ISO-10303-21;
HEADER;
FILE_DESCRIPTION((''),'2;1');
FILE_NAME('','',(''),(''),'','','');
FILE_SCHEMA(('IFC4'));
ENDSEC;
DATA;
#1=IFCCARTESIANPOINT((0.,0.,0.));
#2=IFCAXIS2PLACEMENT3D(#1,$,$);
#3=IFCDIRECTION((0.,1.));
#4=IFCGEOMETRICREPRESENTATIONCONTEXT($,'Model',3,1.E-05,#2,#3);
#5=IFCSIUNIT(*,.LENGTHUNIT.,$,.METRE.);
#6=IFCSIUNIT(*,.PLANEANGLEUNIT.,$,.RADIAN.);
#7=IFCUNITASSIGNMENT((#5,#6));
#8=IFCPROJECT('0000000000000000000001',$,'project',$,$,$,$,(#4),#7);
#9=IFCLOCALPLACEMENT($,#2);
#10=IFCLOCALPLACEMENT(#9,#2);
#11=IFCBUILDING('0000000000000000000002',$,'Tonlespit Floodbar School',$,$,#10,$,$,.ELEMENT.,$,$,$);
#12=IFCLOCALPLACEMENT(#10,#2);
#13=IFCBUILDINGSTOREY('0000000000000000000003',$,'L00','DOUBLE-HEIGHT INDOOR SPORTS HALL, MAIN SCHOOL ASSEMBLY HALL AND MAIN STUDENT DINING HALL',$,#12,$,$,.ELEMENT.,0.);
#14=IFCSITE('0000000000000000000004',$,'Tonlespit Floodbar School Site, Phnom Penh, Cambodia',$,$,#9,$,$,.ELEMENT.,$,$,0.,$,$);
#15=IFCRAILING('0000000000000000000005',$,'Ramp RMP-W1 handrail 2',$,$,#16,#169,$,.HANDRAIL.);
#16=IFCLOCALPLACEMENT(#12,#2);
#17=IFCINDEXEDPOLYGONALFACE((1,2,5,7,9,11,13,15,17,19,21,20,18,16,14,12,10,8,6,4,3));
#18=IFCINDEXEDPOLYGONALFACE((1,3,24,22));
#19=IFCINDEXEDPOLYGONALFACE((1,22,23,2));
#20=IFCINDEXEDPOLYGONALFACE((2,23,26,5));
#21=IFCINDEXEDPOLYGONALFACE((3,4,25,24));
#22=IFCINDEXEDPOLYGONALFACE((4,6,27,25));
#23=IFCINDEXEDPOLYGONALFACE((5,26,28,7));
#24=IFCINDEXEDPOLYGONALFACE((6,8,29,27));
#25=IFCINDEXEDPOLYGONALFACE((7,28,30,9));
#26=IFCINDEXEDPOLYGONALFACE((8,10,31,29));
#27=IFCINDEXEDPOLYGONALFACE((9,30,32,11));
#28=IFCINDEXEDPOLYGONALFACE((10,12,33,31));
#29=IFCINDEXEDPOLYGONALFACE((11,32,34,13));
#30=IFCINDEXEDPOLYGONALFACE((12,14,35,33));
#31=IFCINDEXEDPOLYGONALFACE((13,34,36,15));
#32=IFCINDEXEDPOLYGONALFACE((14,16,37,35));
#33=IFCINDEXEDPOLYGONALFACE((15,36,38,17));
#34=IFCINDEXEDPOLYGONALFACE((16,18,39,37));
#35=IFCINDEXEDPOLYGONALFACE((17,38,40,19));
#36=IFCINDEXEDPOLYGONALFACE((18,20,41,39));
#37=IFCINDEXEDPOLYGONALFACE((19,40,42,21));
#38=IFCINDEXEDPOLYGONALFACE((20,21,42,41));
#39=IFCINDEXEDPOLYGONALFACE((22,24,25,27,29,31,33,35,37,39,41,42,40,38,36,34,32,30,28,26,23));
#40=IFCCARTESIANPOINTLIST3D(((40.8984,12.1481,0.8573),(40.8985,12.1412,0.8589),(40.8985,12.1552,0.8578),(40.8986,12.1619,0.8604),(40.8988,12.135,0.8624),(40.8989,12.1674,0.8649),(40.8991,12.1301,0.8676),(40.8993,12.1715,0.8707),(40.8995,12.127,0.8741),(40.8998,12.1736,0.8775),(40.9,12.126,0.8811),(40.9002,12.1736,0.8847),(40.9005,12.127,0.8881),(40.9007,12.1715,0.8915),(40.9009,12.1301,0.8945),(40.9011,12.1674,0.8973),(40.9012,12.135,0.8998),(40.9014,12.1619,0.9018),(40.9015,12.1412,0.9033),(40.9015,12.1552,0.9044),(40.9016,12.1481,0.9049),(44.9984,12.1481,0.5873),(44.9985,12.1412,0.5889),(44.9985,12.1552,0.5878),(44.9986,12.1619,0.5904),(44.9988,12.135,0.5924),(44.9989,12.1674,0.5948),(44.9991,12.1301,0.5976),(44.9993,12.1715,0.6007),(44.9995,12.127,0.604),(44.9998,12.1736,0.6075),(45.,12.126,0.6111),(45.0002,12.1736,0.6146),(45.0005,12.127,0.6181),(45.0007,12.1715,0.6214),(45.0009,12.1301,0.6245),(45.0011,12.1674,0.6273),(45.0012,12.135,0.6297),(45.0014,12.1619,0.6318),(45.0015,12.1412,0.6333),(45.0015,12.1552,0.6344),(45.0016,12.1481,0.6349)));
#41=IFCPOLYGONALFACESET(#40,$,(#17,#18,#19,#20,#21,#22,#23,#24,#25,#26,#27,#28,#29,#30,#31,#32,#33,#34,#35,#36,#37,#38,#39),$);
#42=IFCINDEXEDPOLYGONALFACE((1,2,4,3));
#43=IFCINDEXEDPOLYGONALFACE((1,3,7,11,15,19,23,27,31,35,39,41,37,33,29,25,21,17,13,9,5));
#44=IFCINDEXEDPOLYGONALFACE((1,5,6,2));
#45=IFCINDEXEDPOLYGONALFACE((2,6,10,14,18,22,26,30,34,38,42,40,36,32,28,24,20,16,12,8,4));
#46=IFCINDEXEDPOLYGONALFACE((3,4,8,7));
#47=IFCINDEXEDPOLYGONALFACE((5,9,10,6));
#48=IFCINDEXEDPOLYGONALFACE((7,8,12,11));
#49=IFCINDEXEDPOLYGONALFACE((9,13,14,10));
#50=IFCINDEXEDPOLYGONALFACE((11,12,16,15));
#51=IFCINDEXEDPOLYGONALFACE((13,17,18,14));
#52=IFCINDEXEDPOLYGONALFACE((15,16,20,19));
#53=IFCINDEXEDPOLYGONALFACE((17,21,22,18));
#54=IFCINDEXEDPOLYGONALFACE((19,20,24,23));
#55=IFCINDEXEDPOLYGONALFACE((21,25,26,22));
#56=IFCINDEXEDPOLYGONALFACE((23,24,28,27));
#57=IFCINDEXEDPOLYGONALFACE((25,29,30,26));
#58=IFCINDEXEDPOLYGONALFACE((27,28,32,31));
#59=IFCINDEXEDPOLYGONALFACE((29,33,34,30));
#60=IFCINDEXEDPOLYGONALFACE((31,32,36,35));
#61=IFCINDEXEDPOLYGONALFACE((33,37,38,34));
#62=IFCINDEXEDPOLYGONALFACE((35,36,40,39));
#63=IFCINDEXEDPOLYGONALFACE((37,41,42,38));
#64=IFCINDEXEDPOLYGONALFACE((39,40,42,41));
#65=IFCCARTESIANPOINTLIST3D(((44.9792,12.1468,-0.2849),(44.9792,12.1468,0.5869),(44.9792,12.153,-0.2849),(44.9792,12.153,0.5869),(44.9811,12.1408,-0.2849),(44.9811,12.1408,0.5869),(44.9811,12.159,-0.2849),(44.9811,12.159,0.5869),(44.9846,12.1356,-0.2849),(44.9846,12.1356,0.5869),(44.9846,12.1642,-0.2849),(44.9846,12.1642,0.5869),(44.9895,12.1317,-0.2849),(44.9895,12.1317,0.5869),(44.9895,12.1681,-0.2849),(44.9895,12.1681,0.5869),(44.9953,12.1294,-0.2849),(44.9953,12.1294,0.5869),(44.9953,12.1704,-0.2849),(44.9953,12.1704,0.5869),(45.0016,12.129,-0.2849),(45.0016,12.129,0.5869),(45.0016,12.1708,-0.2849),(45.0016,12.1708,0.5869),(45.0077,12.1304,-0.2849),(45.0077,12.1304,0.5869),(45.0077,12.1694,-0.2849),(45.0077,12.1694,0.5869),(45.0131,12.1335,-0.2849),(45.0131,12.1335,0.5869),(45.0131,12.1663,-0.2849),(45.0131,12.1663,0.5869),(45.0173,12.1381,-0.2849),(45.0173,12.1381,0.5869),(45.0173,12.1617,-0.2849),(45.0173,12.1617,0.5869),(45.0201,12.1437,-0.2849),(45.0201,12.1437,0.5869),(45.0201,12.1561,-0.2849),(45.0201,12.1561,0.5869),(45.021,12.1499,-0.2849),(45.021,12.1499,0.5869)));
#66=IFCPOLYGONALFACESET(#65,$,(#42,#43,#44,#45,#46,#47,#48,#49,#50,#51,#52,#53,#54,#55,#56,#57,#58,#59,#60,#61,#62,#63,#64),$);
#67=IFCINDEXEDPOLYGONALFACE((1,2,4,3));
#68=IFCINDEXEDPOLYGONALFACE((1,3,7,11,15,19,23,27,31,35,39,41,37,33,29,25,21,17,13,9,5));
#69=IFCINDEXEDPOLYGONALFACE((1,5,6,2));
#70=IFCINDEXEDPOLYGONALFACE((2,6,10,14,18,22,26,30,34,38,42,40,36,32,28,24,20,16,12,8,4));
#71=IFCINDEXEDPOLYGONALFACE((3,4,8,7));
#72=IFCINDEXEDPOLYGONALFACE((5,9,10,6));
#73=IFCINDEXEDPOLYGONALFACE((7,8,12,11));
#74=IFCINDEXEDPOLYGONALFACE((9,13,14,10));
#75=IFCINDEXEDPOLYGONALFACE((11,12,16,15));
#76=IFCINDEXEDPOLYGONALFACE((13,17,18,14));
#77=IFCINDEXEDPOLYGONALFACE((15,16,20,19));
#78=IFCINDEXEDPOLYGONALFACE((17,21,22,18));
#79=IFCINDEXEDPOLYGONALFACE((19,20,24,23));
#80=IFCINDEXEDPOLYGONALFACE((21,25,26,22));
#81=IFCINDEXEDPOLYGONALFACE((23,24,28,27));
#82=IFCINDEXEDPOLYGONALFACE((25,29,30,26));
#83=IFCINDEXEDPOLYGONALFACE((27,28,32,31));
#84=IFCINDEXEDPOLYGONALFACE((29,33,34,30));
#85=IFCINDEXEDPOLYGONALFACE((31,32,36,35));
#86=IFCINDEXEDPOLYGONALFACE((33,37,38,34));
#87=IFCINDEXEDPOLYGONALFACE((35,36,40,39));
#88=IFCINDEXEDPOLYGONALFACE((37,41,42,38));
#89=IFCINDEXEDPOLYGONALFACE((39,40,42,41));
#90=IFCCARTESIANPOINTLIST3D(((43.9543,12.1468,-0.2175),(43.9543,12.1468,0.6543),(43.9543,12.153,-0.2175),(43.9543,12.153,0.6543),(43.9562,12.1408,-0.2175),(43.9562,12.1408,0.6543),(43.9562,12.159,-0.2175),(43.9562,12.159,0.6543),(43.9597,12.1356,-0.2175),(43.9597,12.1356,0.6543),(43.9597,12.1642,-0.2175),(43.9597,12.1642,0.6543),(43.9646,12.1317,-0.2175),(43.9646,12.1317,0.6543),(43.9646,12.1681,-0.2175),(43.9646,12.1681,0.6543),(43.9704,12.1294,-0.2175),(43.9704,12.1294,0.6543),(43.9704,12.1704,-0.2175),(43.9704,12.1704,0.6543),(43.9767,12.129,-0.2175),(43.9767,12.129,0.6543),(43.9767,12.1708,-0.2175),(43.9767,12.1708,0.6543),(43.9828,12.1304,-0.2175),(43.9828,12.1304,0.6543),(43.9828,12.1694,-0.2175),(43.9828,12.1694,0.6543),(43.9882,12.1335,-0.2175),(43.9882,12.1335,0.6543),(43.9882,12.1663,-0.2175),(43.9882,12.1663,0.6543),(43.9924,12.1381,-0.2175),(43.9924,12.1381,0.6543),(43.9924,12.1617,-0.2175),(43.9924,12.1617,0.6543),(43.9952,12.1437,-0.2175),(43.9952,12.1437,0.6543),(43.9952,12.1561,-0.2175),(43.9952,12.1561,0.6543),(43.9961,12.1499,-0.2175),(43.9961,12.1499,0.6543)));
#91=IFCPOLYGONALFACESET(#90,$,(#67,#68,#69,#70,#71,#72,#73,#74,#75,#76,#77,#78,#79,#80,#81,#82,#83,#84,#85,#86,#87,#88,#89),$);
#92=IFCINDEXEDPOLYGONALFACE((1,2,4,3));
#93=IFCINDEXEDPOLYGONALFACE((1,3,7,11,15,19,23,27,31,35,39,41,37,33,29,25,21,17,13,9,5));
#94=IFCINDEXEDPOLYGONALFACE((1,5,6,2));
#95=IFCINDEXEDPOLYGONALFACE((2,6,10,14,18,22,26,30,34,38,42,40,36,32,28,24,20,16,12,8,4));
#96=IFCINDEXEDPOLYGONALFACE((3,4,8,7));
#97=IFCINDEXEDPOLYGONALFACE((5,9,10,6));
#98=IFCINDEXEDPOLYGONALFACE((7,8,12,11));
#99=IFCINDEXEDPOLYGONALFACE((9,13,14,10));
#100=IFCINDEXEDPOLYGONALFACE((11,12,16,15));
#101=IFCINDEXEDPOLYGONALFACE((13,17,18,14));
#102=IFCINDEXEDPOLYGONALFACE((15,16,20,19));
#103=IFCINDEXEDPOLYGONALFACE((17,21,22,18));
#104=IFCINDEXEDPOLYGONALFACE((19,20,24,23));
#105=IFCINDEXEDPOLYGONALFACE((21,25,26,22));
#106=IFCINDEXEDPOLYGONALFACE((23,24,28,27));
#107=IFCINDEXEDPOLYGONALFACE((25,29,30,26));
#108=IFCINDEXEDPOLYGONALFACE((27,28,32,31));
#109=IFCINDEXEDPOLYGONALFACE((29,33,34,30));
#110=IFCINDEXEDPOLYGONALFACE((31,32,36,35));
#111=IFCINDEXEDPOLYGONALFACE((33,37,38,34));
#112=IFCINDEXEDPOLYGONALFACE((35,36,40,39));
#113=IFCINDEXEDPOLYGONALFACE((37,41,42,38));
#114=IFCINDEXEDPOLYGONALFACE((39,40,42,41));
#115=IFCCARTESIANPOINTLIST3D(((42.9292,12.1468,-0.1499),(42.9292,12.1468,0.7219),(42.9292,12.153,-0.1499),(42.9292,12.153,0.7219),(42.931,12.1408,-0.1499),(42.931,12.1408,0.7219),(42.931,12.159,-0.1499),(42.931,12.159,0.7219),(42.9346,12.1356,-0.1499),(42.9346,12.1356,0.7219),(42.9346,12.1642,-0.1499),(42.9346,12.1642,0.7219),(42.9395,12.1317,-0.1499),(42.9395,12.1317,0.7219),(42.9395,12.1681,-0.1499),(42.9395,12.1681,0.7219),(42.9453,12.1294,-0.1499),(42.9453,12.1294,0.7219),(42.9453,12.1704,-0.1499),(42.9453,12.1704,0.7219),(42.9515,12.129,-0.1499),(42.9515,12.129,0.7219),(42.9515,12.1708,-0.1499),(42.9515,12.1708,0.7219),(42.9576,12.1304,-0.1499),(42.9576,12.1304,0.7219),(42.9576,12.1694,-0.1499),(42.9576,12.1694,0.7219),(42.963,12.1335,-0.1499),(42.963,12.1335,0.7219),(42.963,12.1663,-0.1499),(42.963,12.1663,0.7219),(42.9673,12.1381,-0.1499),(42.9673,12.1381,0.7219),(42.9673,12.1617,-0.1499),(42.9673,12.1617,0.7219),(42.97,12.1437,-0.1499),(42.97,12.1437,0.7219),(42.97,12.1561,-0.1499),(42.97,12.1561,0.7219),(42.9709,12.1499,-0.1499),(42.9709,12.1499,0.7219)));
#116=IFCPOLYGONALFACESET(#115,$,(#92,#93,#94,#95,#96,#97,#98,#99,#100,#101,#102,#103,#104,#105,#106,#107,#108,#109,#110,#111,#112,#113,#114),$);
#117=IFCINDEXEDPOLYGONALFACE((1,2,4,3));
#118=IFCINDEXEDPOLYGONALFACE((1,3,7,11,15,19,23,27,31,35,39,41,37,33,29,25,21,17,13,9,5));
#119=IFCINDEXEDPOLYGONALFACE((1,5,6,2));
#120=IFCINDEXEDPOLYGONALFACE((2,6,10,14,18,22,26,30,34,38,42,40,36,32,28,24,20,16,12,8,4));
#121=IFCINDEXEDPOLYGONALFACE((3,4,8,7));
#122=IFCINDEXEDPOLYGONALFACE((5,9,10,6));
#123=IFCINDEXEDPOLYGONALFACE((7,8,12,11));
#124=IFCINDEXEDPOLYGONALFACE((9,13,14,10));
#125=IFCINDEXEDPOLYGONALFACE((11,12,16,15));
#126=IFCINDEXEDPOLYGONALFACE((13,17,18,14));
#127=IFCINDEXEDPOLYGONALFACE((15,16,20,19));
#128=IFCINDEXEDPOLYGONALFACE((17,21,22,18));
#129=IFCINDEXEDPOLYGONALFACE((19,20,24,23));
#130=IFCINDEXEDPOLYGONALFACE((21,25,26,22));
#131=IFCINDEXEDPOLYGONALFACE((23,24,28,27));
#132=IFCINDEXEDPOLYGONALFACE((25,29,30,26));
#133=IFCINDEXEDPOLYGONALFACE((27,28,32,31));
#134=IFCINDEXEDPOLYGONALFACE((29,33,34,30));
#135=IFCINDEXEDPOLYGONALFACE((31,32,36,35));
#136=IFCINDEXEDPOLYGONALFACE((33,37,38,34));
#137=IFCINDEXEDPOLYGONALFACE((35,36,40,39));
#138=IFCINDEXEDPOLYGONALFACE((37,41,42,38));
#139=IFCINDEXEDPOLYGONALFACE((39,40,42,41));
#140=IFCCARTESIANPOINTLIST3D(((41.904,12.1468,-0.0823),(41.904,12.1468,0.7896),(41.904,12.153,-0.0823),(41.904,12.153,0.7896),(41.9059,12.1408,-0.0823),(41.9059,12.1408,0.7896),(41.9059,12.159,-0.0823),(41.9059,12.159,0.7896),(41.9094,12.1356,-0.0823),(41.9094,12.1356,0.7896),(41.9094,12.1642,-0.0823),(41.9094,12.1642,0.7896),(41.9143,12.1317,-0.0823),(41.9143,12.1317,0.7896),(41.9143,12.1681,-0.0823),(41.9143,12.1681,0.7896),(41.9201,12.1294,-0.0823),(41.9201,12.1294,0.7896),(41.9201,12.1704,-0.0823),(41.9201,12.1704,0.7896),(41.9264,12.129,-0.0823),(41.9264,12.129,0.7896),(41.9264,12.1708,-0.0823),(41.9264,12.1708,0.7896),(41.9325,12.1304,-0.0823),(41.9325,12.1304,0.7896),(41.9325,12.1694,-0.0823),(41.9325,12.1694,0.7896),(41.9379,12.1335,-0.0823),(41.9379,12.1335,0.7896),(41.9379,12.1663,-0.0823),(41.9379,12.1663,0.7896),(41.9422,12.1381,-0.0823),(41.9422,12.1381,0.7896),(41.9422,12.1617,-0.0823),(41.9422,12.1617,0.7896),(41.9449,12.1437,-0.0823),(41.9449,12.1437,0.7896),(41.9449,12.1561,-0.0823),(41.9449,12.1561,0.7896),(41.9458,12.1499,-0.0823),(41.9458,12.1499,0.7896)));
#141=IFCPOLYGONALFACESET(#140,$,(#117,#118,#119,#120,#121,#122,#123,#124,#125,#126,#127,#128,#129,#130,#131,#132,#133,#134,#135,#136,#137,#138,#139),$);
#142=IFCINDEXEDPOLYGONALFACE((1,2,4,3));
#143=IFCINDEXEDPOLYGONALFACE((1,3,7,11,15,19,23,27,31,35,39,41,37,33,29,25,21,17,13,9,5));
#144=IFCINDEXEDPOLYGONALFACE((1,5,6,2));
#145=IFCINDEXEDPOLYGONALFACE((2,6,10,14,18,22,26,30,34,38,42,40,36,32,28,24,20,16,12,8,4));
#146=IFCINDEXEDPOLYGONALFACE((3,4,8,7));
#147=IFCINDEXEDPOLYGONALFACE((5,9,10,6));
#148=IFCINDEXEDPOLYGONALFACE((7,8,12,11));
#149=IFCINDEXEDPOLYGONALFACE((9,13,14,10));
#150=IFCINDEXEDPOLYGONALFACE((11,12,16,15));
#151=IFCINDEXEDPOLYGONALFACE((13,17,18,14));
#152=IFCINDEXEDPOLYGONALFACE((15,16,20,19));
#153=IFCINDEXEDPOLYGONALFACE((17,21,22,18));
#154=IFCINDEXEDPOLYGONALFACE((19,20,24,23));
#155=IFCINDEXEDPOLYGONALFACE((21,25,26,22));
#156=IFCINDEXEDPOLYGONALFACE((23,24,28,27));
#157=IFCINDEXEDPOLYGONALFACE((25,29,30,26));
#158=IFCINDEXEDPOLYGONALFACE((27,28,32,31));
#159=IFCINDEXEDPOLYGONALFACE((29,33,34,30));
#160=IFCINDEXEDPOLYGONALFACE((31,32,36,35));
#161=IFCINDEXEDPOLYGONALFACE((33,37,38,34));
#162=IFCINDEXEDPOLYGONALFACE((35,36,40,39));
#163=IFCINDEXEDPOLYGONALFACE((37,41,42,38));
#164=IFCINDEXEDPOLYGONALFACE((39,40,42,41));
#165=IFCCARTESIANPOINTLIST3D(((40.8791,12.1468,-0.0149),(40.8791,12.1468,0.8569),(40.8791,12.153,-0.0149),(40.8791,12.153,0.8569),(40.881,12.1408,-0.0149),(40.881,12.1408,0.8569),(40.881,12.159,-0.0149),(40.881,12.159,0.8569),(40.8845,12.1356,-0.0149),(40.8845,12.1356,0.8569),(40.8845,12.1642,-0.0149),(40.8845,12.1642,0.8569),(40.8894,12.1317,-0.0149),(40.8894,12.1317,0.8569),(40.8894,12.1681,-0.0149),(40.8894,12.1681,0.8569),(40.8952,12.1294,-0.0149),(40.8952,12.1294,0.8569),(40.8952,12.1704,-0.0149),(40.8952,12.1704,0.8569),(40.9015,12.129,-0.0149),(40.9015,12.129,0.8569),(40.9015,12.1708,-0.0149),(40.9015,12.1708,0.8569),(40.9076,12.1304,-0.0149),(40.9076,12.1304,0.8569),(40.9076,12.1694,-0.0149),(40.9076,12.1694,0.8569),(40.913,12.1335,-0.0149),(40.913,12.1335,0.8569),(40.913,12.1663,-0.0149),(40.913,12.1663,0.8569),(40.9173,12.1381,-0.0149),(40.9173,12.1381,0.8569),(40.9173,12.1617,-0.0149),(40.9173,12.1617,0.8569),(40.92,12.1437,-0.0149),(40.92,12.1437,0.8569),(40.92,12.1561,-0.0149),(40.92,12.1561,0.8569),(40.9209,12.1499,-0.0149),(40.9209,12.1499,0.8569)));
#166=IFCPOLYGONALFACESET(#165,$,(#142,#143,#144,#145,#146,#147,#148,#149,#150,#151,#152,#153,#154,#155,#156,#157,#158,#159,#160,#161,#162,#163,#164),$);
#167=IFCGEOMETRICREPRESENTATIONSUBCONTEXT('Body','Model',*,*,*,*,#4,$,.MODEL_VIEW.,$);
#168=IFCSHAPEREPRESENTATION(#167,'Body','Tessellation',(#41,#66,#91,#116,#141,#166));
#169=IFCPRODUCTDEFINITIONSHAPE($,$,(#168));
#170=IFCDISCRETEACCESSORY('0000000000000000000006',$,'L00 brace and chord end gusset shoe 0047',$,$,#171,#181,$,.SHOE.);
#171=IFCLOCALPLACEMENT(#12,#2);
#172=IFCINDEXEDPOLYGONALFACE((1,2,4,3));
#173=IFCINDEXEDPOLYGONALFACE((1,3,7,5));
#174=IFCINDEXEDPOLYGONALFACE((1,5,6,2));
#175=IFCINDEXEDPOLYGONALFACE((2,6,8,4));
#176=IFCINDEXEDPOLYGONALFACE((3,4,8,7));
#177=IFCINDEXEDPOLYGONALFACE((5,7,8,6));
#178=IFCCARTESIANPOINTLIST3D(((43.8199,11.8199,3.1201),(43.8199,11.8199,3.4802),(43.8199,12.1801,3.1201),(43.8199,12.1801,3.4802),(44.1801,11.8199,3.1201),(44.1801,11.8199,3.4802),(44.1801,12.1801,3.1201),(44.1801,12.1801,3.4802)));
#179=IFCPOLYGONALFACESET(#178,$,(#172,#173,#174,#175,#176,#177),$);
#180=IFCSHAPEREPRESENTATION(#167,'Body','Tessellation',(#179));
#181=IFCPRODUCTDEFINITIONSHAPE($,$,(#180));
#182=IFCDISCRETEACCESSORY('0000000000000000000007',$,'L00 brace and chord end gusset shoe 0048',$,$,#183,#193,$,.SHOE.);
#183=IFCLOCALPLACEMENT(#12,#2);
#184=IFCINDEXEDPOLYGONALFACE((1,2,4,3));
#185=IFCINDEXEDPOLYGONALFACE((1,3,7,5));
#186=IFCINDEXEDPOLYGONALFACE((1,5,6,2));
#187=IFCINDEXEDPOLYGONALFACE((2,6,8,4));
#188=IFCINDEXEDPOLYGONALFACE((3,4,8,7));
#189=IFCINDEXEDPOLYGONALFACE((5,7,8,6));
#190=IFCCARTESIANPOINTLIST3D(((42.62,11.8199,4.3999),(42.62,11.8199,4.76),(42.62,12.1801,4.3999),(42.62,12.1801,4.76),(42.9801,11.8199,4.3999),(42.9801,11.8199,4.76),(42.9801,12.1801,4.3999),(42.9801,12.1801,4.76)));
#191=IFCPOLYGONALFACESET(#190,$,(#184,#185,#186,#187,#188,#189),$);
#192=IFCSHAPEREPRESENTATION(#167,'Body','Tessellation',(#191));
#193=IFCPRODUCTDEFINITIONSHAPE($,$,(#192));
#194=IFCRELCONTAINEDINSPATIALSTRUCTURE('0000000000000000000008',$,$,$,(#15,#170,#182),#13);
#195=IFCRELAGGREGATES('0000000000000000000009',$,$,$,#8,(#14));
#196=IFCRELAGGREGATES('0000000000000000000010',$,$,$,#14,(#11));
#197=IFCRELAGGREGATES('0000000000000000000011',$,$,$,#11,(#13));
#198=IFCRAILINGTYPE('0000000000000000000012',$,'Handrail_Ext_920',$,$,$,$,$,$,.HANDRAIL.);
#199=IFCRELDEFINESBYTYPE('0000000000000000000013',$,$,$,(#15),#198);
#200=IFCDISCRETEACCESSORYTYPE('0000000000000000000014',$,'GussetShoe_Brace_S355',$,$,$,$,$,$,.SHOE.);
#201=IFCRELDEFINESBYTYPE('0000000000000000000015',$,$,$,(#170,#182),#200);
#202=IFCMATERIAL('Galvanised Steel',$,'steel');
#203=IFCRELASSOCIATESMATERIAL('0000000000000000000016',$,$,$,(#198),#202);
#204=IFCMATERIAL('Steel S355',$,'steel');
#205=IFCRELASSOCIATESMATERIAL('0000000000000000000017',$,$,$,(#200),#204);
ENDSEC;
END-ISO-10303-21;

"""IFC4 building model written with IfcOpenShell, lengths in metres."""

from ifc_helpers import new_model, si_unit, direction, frame, origin, origin_2d, place, context, subcontext, project, spatial, rectangle, circle, extrude, material, type_object, element, save


model = new_model("IFC4")

# Units and contexts
model_context = context("Model", 3, precision=1e-05, world=origin(), true_north=direction((0.0, 1.0)))
body_context = subcontext(model_context, "Body", "Model", "MODEL_VIEW")
ifc_project = project(units=[si_unit("LENGTHUNIT", "METRE"), si_unit("PLANEANGLEUNIT", "RADIAN")], contexts=[model_context])

# Site, building, storey
site_placement = place(None, origin())
site = spatial("IfcSite", under=ifc_project, at=site_placement, Name="Tonlespit Floodbar School Site, Phnom Penh, Cambodia", CompositionType="ELEMENT", RefElevation=0.0)
building_placement = place(site_placement, origin())
building = spatial("IfcBuilding", under=site, at=building_placement, Name="Tonlespit Floodbar School", CompositionType="ELEMENT")
storey_placement = place(building_placement, origin())
storey = spatial("IfcBuildingStorey", under=building, at=storey_placement, Name="L00", Description="DOUBLE-HEIGHT INDOOR SPORTS HALL, MAIN SCHOOL ASSEMBLY HALL AND MAIN STUDENT DINING HALL", CompositionType="ELEMENT", Elevation=0.0)

# Shared definitions
ifc_material_1 = material(Name="Steel S355", Category="steel")

# Shared definitions
ifc_material_2 = material(Name="Galvanised Steel", Category="steel")

# Railing
railing_type = type_object("IfcRailingType", Name="Handrail_Ext_920", PredefinedType="HANDRAIL", material=ifc_material_2)
for number, where, name in (
    (1, (45.0, 12.1499, -0.2849), "Ramp RMP-W1 handrail 2"),
):
    element("IfcRailing", number, at=place(storey_placement, frame(where)), inside=storey, type_object=railing_type, Name=name, PredefinedType="HANDRAIL", context=body_context, shape_type="SweptSolid", body=[
        extrude(circle(Radius=0.0239, at=origin_2d()), frame((0.0, 0.0, 0.896), z_axis=(-0.997838, 0.0, 0.065715), x_axis=(0.0, -1.0, 0.0)), (0.0, 0.0, 1.0), 4.1089),
        extrude(circle(Radius=0.021, at=origin_2d()), origin(), (0.0, 0.0, 1.0), 0.8718),
        extrude(circle(Radius=0.021, at=origin_2d()), frame((-1.0249, 0.0, 0.0674)), (0.0, 0.0, 1.0), 0.8718),
        extrude(circle(Radius=0.021, at=origin_2d()), frame((-2.05, 0.0, 0.135)), (0.0, 0.0, 1.0), 0.8718),
        extrude(circle(Radius=0.021, at=origin_2d()), frame((-3.0752, 0.0, 0.2026)), (0.0, 0.0, 1.0), 0.8718),
        extrude(circle(Radius=0.021, at=origin_2d()), frame((-4.1001, 0.0, 0.27)), (0.0, 0.0, 1.0), 0.8718),
    ])

# Discrete accessories
discrete_accessory_type = type_object("IfcDiscreteAccessoryType", Name="GussetShoe_Brace_S355", PredefinedType="SHOE", material=ifc_material_1)
for number, where, z_axis, x_axis, name in (
    (2, (44.0, 12.0, 3.1201), (0.0, 0.0, 1.0), (1.0, 0.0, 0.0), "L00 brace and chord end gusset shoe 0047"),
    (3, (42.8, 12.0, 4.3999), (0.0, 0.0, 1.0), (1.0, 0.0, 0.0), "L00 brace and chord end gusset shoe 0048"),
):
    element("IfcDiscreteAccessory", number, at=place(storey_placement, frame(where, z_axis=z_axis, x_axis=x_axis)), inside=storey, type_object=discrete_accessory_type, Name=name, PredefinedType="SHOE", context=body_context, shape_type="SweptSolid", body=[
        extrude(rectangle(XDim=0.3601, YDim=0.3601, at=origin_2d()), origin(), (0.0, 0.0, 1.0), 0.3601),
    ])

save(model, "model.ifc")
